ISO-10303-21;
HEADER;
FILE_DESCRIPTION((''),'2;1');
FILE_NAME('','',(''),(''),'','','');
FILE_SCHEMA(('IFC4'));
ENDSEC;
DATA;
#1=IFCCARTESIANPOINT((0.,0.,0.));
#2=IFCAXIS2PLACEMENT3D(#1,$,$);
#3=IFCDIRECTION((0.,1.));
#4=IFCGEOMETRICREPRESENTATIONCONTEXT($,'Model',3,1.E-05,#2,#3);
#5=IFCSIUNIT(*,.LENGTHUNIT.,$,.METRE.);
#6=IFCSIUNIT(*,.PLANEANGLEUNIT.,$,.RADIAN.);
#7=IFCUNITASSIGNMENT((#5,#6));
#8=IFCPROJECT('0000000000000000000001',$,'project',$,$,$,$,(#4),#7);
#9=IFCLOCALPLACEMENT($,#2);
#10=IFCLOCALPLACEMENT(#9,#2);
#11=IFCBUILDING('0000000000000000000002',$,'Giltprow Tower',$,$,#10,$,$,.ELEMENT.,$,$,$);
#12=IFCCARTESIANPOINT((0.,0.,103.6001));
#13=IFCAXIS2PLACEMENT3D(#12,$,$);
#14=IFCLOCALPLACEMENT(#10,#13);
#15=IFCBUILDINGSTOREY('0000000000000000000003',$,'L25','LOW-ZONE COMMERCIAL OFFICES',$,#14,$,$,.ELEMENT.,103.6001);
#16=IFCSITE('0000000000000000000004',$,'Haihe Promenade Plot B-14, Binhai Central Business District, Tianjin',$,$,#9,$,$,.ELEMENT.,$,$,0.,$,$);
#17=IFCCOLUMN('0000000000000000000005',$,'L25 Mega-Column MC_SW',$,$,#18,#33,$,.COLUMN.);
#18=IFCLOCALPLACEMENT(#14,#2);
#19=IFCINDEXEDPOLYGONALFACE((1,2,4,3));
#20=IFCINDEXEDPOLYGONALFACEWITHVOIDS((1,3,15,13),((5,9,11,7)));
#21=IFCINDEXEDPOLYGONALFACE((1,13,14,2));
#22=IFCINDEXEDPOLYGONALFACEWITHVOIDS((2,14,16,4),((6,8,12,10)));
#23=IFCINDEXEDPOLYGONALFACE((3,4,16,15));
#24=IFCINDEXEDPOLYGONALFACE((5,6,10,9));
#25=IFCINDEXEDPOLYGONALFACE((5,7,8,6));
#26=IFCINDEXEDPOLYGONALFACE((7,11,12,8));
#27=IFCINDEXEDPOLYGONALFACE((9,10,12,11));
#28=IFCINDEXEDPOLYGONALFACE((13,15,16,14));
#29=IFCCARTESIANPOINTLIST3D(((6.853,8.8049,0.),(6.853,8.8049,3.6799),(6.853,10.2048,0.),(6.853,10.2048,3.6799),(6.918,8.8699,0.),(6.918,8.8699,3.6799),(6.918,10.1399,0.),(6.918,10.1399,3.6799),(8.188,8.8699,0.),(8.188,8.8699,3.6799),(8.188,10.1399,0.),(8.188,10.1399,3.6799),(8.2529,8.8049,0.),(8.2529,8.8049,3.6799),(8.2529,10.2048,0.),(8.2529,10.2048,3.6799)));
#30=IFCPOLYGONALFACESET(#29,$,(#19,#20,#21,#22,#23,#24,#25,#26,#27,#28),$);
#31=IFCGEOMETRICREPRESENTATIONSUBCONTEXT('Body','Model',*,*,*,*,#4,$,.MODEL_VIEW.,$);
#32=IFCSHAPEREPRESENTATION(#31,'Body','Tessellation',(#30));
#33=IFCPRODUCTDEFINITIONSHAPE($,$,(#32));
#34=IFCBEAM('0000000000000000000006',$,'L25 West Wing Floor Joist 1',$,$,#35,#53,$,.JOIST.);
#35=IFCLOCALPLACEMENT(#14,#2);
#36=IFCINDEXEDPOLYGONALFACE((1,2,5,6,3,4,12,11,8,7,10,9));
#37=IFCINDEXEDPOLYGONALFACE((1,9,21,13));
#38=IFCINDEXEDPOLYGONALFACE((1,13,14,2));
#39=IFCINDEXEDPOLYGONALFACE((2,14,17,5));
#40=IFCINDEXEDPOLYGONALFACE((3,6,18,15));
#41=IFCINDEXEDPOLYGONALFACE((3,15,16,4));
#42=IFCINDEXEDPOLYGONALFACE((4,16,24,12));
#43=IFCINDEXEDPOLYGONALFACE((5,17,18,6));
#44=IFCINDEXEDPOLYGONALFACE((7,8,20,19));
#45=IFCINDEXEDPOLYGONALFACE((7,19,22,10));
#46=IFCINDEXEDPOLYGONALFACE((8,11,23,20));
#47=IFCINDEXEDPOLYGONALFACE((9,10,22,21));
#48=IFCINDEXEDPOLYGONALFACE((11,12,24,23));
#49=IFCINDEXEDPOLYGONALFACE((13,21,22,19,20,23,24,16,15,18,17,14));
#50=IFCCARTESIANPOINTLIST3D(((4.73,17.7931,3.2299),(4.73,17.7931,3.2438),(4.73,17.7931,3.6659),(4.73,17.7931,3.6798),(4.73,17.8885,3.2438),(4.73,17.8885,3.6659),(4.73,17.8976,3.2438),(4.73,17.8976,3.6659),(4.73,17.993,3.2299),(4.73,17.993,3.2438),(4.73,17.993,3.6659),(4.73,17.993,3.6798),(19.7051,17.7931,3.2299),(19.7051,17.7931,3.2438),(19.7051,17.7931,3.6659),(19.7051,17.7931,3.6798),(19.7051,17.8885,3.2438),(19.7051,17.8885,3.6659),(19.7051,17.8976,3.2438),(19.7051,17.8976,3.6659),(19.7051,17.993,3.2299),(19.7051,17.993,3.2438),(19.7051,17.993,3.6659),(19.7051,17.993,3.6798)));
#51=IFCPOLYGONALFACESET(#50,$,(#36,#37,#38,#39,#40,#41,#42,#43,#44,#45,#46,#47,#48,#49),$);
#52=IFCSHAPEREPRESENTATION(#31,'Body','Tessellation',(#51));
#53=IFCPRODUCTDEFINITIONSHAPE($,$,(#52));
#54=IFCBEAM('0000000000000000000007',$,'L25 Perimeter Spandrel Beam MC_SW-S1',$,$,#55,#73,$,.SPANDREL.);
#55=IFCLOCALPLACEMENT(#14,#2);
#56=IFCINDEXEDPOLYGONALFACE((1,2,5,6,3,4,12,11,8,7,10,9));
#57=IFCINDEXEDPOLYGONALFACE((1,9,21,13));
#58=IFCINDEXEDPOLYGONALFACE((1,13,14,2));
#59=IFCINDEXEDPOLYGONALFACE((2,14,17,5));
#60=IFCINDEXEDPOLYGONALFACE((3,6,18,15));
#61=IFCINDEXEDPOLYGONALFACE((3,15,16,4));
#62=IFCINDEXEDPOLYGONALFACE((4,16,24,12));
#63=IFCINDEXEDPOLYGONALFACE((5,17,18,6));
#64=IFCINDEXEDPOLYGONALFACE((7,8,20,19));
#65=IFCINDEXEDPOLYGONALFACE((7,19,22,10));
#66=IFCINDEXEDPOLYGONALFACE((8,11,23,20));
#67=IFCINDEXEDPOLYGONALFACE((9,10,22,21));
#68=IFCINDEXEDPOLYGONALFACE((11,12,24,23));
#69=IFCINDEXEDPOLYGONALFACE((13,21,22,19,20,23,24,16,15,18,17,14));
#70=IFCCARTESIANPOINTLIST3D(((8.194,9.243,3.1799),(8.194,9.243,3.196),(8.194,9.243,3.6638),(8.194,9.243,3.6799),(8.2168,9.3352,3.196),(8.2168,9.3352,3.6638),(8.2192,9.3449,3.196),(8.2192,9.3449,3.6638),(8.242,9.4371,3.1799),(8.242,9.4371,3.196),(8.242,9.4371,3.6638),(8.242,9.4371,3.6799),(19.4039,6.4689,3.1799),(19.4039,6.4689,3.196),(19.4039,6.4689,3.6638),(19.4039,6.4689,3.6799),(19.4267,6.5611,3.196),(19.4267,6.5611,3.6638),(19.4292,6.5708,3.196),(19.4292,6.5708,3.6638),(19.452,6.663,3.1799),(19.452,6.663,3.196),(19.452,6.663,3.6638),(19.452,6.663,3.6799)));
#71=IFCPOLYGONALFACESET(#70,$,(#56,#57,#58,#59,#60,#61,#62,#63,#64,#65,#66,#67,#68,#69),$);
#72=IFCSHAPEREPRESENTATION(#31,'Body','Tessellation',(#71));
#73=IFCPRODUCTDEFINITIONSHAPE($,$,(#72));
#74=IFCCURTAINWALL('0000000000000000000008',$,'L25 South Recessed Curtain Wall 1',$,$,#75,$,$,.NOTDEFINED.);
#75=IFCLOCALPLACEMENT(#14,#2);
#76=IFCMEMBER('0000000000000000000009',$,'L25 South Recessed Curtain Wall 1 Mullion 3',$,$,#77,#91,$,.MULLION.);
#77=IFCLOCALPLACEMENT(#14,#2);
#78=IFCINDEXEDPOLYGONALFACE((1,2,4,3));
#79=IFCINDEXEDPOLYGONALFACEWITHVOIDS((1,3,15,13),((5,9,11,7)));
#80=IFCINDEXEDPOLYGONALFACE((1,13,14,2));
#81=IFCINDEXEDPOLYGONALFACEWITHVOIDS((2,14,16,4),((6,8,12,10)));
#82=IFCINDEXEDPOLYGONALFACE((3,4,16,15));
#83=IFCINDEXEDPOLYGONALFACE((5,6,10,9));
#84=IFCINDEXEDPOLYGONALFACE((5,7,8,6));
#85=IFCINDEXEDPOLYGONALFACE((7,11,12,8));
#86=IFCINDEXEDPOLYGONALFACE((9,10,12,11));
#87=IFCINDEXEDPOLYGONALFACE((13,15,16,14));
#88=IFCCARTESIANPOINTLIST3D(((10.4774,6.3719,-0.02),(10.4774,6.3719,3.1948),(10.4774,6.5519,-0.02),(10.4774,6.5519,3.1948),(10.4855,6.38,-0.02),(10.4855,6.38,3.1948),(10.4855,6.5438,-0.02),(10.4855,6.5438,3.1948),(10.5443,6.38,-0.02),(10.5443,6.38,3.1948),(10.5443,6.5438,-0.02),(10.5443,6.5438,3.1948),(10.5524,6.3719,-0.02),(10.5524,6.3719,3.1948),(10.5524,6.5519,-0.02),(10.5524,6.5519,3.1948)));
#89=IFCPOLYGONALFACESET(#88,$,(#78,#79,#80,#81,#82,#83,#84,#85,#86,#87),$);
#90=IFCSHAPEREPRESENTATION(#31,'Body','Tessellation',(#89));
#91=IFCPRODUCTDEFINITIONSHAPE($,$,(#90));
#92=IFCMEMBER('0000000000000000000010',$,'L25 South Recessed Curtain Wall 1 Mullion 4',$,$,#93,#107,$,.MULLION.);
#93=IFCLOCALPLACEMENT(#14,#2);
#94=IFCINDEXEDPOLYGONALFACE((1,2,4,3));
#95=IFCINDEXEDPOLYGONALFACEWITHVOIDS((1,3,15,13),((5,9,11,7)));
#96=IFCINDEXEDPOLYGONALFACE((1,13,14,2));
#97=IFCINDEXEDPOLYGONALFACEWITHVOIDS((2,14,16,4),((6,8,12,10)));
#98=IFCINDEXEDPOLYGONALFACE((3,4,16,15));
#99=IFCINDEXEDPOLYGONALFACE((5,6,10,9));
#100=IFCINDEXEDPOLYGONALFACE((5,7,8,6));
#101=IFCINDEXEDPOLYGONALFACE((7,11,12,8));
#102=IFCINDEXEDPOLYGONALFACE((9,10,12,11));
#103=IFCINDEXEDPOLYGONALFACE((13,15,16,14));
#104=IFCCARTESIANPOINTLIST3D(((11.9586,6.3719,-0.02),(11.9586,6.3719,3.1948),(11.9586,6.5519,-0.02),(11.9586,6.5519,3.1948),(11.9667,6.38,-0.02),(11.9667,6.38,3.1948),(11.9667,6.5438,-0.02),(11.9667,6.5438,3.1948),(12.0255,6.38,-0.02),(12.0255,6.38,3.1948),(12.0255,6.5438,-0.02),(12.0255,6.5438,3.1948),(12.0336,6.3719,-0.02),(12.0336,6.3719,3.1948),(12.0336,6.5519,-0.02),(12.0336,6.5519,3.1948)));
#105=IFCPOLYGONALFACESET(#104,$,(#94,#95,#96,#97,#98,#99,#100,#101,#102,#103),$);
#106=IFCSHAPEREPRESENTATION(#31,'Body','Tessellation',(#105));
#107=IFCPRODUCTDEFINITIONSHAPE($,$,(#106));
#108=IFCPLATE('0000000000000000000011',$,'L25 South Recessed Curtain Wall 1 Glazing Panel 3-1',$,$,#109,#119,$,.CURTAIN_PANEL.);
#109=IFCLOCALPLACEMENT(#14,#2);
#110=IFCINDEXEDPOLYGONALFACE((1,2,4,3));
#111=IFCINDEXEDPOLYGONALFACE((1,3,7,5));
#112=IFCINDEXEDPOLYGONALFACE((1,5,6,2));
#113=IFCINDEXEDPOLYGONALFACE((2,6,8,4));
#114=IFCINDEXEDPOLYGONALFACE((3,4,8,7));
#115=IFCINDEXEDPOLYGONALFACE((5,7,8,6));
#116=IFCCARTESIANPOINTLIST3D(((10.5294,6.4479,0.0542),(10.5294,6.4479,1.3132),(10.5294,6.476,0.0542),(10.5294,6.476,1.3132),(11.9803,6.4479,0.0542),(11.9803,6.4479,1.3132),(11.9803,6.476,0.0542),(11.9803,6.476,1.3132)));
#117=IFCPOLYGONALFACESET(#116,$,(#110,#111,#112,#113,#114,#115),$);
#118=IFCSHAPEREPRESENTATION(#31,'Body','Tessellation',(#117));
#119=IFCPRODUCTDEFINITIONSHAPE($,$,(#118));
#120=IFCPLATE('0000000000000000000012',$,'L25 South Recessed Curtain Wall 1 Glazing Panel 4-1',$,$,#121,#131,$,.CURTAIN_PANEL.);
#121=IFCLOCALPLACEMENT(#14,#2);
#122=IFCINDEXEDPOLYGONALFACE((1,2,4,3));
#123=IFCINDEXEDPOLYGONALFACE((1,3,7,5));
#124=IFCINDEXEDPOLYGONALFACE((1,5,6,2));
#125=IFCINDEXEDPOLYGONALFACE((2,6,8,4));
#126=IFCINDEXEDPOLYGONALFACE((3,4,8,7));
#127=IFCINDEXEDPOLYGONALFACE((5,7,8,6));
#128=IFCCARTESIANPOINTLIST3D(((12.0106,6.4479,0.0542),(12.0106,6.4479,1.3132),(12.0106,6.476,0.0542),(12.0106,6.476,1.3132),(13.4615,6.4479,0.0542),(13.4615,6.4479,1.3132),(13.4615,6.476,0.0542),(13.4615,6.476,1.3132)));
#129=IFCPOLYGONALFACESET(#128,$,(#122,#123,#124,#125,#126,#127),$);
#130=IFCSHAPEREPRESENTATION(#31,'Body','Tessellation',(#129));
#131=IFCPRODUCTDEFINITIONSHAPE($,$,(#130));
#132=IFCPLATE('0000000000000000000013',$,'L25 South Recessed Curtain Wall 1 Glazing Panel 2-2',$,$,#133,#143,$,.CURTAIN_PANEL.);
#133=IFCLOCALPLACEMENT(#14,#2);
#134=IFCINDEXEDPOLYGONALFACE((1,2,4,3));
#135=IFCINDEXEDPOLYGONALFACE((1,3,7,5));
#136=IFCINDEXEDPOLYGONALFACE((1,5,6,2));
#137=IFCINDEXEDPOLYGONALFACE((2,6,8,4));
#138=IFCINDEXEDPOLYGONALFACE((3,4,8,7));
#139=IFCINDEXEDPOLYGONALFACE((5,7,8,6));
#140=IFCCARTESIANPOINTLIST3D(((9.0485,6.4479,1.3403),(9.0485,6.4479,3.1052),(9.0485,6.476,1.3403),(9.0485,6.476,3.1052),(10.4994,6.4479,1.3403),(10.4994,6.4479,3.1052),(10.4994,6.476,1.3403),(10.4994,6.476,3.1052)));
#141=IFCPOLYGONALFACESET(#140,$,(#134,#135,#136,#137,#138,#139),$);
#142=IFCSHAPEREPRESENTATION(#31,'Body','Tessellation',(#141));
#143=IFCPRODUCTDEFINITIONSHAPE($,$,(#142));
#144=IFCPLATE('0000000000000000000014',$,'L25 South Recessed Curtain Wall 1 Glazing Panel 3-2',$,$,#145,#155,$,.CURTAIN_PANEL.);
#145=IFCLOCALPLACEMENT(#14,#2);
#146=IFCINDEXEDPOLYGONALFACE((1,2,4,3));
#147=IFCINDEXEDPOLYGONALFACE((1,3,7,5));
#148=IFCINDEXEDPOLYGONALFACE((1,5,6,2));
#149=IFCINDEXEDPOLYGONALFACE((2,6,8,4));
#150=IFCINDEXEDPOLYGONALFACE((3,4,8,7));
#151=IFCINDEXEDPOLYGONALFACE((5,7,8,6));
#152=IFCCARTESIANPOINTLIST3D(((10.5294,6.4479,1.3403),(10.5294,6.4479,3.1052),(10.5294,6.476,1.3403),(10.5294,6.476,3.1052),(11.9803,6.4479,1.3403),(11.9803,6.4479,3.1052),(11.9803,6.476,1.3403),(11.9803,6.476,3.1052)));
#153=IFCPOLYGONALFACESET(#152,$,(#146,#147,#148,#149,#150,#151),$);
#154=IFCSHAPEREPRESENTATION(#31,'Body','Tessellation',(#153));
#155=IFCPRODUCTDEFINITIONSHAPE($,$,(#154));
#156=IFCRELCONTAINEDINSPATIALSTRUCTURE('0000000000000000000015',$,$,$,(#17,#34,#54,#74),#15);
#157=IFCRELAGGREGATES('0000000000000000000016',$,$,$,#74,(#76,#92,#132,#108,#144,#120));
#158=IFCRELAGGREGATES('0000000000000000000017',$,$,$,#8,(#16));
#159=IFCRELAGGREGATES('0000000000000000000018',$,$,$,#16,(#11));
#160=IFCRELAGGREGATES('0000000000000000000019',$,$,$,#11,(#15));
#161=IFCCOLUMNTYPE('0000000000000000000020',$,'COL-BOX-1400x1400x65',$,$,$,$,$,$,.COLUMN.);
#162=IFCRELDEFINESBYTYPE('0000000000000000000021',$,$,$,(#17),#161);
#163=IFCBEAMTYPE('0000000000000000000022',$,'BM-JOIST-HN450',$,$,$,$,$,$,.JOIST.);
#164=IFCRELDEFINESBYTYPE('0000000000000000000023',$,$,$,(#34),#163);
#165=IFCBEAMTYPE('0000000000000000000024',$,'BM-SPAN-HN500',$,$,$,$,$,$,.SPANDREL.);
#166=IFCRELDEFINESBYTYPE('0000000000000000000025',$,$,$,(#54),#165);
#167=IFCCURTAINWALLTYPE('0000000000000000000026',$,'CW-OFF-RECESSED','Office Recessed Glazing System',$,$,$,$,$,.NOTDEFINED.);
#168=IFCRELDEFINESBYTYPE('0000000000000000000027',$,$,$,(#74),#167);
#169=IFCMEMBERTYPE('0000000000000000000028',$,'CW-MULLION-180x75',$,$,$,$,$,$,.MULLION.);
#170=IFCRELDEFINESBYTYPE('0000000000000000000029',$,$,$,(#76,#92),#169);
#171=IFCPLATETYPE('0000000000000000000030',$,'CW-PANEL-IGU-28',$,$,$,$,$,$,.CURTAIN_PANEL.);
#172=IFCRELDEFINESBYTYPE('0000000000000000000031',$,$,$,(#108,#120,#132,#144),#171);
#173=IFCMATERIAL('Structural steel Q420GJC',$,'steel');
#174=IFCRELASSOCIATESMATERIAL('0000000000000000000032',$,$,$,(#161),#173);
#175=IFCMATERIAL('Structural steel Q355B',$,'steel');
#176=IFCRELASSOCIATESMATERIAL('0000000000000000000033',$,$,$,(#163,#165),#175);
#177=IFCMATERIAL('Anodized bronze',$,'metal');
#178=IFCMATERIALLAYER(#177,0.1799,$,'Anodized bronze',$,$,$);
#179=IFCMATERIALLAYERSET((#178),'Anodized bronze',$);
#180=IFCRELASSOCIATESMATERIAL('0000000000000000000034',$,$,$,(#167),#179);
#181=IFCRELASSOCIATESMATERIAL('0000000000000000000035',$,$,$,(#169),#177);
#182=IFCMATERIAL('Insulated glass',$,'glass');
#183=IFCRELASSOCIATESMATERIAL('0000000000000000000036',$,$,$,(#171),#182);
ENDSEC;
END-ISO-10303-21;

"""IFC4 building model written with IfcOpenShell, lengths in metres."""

from ifc_helpers import new_model, si_unit, direction, frame, origin, origin_2d, place, context, subcontext, project, spatial, rectangle, hollow_rectangle, i_section, extrude, source, transform, mapped, material, layer, layer_set, material_profile, profile_set, type_object, element, aggregate, save


model = new_model("IFC4")

# Units and contexts
model_context = context("Model", 3, precision=1e-05, world=origin(), true_north=direction((0.0, 1.0)))
body_context = subcontext(model_context, "Body", "Model", "MODEL_VIEW")
ifc_project = project(units=[si_unit("LENGTHUNIT", "METRE"), si_unit("PLANEANGLEUNIT", "RADIAN")], contexts=[model_context])

# Site, building, storey
site_placement = place(None, origin())
site = spatial("IfcSite", under=ifc_project, at=site_placement, Name="Haihe Promenade Plot B-14, Binhai Central Business District, Tianjin", CompositionType="ELEMENT", RefElevation=0.0)
building_placement = place(site_placement, origin())
building = spatial("IfcBuilding", under=site, at=building_placement, Name="Giltprow Tower", CompositionType="ELEMENT")
storey_placement = place(building_placement, frame((0.0, 0.0, 103.6001)))
storey = spatial("IfcBuildingStorey", under=building, at=storey_placement, Name="L25", Description="LOW-ZONE COMMERCIAL OFFICES", CompositionType="ELEMENT", Elevation=103.6001)

# Column
ifc_material_1 = material(Name="Structural steel Q420GJC", Category="steel")
ifc_material_profile_1 = material_profile(ifc_material_1, hollow_rectangle(XDim=1.3999, YDim=1.3999, WallThickness=0.0649, at=origin_2d()), Name="BOX 1400x1400x65")
ifc_profile_set_1 = profile_set([ifc_material_profile_1], Name="Structural steel Q420GJC")
column_type = type_object("IfcColumnType", Name="COL-BOX-1400x1400x65", PredefinedType="COLUMN", material=ifc_profile_set_1)
shared_shape_1 = source(origin(), body_context, "Body", "SweptSolid", [
    extrude(hollow_rectangle(XDim=1.3999, YDim=1.3999, WallThickness=0.0649, at=origin_2d()), origin(), (0.0, 0.0, 1.0), 3.6799),
])
column_placement = place(storey_placement, frame((7.553, 9.5049, 0.0), z_axis=(0.0, 0.0, 1.0), x_axis=(1.0, 0.0, 0.0)))
element("IfcColumn", 1, at=column_placement, inside=storey, type_object=column_type, Name="L25 Mega-Column MC_SW", PredefinedType="COLUMN", context=body_context, shape_type="MappedRepresentation", body=[
    mapped(shared_shape_1, transform((0.0, 0.0, 0.0), x_axis=(1.0, 0.0, 0.0), y_axis=(0.0, 1.0, 0.0), z_axis=(0.0, 0.0, 1.0), scale=1.0)),
])

# Beams
ifc_material_2 = material(Name="Structural steel Q355B", Category="steel")
ifc_material_profile_2 = material_profile(ifc_material_2, i_section(OverallWidth=0.2, OverallDepth=0.45, WebThickness=0.009, FlangeThickness=0.0139, at=origin_2d()), Name="HN 450x200x9x14")
ifc_profile_set_2 = profile_set([ifc_material_profile_2], Name="Structural steel Q355B")
beam_type_1 = type_object("IfcBeamType", Name="BM-JOIST-HN450", PredefinedType="JOIST", material=ifc_profile_set_2)
shared_shape_2 = source(origin(), body_context, "Body", "SweptSolid", [
    extrude(i_section(OverallWidth=0.2, OverallDepth=0.45, WebThickness=0.009, FlangeThickness=0.0139, at=origin_2d()), origin(), (0.0, 0.0, 1.0), 14.9751),
])
beam_1_placement = place(storey_placement, frame((4.73, 17.8931, 3.4548), z_axis=(1.0, 0.0, 0.0), x_axis=(0.0, 1.0, 0.0)))
element("IfcBeam", 2, at=beam_1_placement, inside=storey, type_object=beam_type_1, Name="L25 West Wing Floor Joist 1", PredefinedType="JOIST", context=body_context, shape_type="MappedRepresentation", body=[
    mapped(shared_shape_2, transform((0.0, 0.0, 0.0), x_axis=(1.0, 0.0, 0.0), y_axis=(0.0, 1.0, 0.0), z_axis=(0.0, 0.0, 1.0), scale=1.0)),
])
ifc_material_profile_3 = material_profile(ifc_material_2, i_section(OverallWidth=0.2, OverallDepth=0.5, WebThickness=0.01, FlangeThickness=0.0161, at=origin_2d()), Name="HN 500x200x10x16")
ifc_profile_set_3 = profile_set([ifc_material_profile_3], Name="Structural steel Q355B")
beam_type_2 = type_object("IfcBeamType", Name="BM-SPAN-HN500", PredefinedType="SPANDREL", material=ifc_profile_set_3)
shared_shape_3 = source(origin(), body_context, "Body", "SweptSolid", [
    extrude(i_section(OverallWidth=0.2, OverallDepth=0.5, WebThickness=0.01, FlangeThickness=0.0161, at=origin_2d()), origin(), (0.0, 0.0, 1.0), 11.5481),
])
beam_2_placement = place(storey_placement, frame((8.218, 9.3401, 3.4299), z_axis=(0.970717, -0.240227, 0.0), x_axis=(0.240227, 0.970717, 0.0)))
element("IfcBeam", 3, at=beam_2_placement, inside=storey, type_object=beam_type_2, Name="L25 Perimeter Spandrel Beam MC_SW-S1", PredefinedType="SPANDREL", context=body_context, shape_type="MappedRepresentation", body=[
    mapped(shared_shape_3, transform((0.0, 0.0, 0.0), x_axis=(1.0, 0.0, 0.0), y_axis=(0.0, 1.0, 0.0), z_axis=(0.0, 0.0, 1.0), scale=1.0)),
])

# Curtain wall, members, plates
ifc_material_3 = material(Name="Anodized bronze", Category="metal")
ifc_layer_1 = layer(ifc_material_3, 0.1799, Name="Anodized bronze")
ifc_layer_set_1 = layer_set([ifc_layer_1], Name="Anodized bronze")
curtain_wall_type = type_object("IfcCurtainWallType", Name="CW-OFF-RECESSED", Description="Office Recessed Glazing System", PredefinedType="NOTDEFINED", material=ifc_layer_set_1)
curtain_wall_placement = place(storey_placement, origin())
curtain_wall = element("IfcCurtainWall", 4, at=curtain_wall_placement, inside=storey, type_object=curtain_wall_type, Name="L25 South Recessed Curtain Wall 1", PredefinedType="NOTDEFINED")
ifc_material_profile_4 = material_profile(ifc_material_3, hollow_rectangle(XDim=0.075, YDim=0.1799, WallThickness=0.0081, at=origin_2d()), Name="RHS 180x75x8")
ifc_profile_set_4 = profile_set([ifc_material_profile_4], Name="Anodized bronze")
member_type = type_object("IfcMemberType", Name="CW-MULLION-180x75", PredefinedType="MULLION", material=ifc_profile_set_4)
shared_shape_4 = source(origin(), body_context, "Body", "SweptSolid", [
    extrude(hollow_rectangle(XDim=0.075, YDim=0.1799, WallThickness=0.0081, at=origin_2d()), origin(), (0.0, 0.0, 1.0), 3.2148),
])
member_1_placement = place(storey_placement, frame((10.5149, 6.4619, -0.02), z_axis=(0.0, 0.0, 1.0), x_axis=(1.0, 0.0, 0.0)))
member_1 = element("IfcMember", 5, at=member_1_placement, type_object=member_type, Name="L25 South Recessed Curtain Wall 1 Mullion 3", PredefinedType="MULLION", context=body_context, shape_type="MappedRepresentation", body=[
    mapped(shared_shape_4, transform((0.0, 0.0, 0.0), x_axis=(1.0, 0.0, 0.0), y_axis=(0.0, 1.0, 0.0), z_axis=(0.0, 0.0, 1.0), scale=1.0)),
])
member_2_placement = place(storey_placement, frame((11.9961, 6.4619, -0.02), z_axis=(0.0, 0.0, 1.0), x_axis=(1.0, 0.0, 0.0)))
member_2 = element("IfcMember", 6, at=member_2_placement, type_object=member_type, Name="L25 South Recessed Curtain Wall 1 Mullion 4", PredefinedType="MULLION", context=body_context, shape_type="MappedRepresentation", body=[
    mapped(shared_shape_4, transform((0.0, 0.0, 0.0), x_axis=(1.0, 0.0, 0.0), y_axis=(0.0, 1.0, 0.0), z_axis=(0.0, 0.0, 1.0), scale=1.0)),
])
ifc_material_4 = material(Name="Insulated glass", Category="glass")
plate_type = type_object("IfcPlateType", Name="CW-PANEL-IGU-28", PredefinedType="CURTAIN_PANEL", material=ifc_material_4)
shared_shape_5 = source(origin(), body_context, "Body", "SweptSolid", [
    extrude(rectangle(XDim=1.4509, YDim=0.0281, at=origin_2d()), origin(), (0.0, 0.0, 1.0), 1.259),
])
plate_1_placement = place(storey_placement, frame((11.2549, 6.4619, 0.0542), z_axis=(0.0, 0.0, 1.0), x_axis=(1.0, 0.0, 0.0)))
plate_1 = element("IfcPlate", 7, at=plate_1_placement, type_object=plate_type, Name="L25 South Recessed Curtain Wall 1 Glazing Panel 3-1", PredefinedType="CURTAIN_PANEL", context=body_context, shape_type="MappedRepresentation", body=[
    mapped(shared_shape_5, transform((0.0, 0.0, 0.0), x_axis=(1.0, 0.0, 0.0), y_axis=(0.0, 1.0, 0.0), z_axis=(0.0, 0.0, 1.0), scale=1.0)),
])
plate_2_placement = place(storey_placement, frame((12.7361, 6.4619, 0.0542), z_axis=(0.0, 0.0, 1.0), x_axis=(1.0, 0.0, 0.0)))
plate_2 = element("IfcPlate", 8, at=plate_2_placement, type_object=plate_type, Name="L25 South Recessed Curtain Wall 1 Glazing Panel 4-1", PredefinedType="CURTAIN_PANEL", context=body_context, shape_type="MappedRepresentation", body=[
    mapped(shared_shape_5, transform((0.0, 0.0, 0.0), x_axis=(1.0, 0.0, 0.0), y_axis=(0.0, 1.0, 0.0), z_axis=(0.0, 0.0, 1.0), scale=1.0)),
])
shared_shape_6 = source(origin(), body_context, "Body", "SweptSolid", [
    extrude(rectangle(XDim=1.4509, YDim=0.0281, at=origin_2d()), origin(), (0.0, 0.0, 1.0), 1.7649),
])
plate_3_placement = place(storey_placement, frame((9.7739, 6.4619, 1.3403), z_axis=(0.0, 0.0, 1.0), x_axis=(1.0, 0.0, 0.0)))
plate_3 = element("IfcPlate", 9, at=plate_3_placement, type_object=plate_type, Name="L25 South Recessed Curtain Wall 1 Glazing Panel 2-2", PredefinedType="CURTAIN_PANEL", context=body_context, shape_type="MappedRepresentation", body=[
    mapped(shared_shape_6, transform((0.0, 0.0, 0.0), x_axis=(1.0, 0.0, 0.0), y_axis=(0.0, 1.0, 0.0), z_axis=(0.0, 0.0, 1.0), scale=1.0)),
])
plate_4_placement = place(storey_placement, frame((11.2549, 6.4619, 1.3403), z_axis=(0.0, 0.0, 1.0), x_axis=(1.0, 0.0, 0.0)))
plate_4 = element("IfcPlate", 10, at=plate_4_placement, type_object=plate_type, Name="L25 South Recessed Curtain Wall 1 Glazing Panel 3-2", PredefinedType="CURTAIN_PANEL", context=body_context, shape_type="MappedRepresentation", body=[
    mapped(shared_shape_6, transform((0.0, 0.0, 0.0), x_axis=(1.0, 0.0, 0.0), y_axis=(0.0, 1.0, 0.0), z_axis=(0.0, 0.0, 1.0), scale=1.0)),
])
aggregate(curtain_wall, [member_1, member_2, plate_3, plate_1, plate_4, plate_2])

save(model, "model.ifc")
